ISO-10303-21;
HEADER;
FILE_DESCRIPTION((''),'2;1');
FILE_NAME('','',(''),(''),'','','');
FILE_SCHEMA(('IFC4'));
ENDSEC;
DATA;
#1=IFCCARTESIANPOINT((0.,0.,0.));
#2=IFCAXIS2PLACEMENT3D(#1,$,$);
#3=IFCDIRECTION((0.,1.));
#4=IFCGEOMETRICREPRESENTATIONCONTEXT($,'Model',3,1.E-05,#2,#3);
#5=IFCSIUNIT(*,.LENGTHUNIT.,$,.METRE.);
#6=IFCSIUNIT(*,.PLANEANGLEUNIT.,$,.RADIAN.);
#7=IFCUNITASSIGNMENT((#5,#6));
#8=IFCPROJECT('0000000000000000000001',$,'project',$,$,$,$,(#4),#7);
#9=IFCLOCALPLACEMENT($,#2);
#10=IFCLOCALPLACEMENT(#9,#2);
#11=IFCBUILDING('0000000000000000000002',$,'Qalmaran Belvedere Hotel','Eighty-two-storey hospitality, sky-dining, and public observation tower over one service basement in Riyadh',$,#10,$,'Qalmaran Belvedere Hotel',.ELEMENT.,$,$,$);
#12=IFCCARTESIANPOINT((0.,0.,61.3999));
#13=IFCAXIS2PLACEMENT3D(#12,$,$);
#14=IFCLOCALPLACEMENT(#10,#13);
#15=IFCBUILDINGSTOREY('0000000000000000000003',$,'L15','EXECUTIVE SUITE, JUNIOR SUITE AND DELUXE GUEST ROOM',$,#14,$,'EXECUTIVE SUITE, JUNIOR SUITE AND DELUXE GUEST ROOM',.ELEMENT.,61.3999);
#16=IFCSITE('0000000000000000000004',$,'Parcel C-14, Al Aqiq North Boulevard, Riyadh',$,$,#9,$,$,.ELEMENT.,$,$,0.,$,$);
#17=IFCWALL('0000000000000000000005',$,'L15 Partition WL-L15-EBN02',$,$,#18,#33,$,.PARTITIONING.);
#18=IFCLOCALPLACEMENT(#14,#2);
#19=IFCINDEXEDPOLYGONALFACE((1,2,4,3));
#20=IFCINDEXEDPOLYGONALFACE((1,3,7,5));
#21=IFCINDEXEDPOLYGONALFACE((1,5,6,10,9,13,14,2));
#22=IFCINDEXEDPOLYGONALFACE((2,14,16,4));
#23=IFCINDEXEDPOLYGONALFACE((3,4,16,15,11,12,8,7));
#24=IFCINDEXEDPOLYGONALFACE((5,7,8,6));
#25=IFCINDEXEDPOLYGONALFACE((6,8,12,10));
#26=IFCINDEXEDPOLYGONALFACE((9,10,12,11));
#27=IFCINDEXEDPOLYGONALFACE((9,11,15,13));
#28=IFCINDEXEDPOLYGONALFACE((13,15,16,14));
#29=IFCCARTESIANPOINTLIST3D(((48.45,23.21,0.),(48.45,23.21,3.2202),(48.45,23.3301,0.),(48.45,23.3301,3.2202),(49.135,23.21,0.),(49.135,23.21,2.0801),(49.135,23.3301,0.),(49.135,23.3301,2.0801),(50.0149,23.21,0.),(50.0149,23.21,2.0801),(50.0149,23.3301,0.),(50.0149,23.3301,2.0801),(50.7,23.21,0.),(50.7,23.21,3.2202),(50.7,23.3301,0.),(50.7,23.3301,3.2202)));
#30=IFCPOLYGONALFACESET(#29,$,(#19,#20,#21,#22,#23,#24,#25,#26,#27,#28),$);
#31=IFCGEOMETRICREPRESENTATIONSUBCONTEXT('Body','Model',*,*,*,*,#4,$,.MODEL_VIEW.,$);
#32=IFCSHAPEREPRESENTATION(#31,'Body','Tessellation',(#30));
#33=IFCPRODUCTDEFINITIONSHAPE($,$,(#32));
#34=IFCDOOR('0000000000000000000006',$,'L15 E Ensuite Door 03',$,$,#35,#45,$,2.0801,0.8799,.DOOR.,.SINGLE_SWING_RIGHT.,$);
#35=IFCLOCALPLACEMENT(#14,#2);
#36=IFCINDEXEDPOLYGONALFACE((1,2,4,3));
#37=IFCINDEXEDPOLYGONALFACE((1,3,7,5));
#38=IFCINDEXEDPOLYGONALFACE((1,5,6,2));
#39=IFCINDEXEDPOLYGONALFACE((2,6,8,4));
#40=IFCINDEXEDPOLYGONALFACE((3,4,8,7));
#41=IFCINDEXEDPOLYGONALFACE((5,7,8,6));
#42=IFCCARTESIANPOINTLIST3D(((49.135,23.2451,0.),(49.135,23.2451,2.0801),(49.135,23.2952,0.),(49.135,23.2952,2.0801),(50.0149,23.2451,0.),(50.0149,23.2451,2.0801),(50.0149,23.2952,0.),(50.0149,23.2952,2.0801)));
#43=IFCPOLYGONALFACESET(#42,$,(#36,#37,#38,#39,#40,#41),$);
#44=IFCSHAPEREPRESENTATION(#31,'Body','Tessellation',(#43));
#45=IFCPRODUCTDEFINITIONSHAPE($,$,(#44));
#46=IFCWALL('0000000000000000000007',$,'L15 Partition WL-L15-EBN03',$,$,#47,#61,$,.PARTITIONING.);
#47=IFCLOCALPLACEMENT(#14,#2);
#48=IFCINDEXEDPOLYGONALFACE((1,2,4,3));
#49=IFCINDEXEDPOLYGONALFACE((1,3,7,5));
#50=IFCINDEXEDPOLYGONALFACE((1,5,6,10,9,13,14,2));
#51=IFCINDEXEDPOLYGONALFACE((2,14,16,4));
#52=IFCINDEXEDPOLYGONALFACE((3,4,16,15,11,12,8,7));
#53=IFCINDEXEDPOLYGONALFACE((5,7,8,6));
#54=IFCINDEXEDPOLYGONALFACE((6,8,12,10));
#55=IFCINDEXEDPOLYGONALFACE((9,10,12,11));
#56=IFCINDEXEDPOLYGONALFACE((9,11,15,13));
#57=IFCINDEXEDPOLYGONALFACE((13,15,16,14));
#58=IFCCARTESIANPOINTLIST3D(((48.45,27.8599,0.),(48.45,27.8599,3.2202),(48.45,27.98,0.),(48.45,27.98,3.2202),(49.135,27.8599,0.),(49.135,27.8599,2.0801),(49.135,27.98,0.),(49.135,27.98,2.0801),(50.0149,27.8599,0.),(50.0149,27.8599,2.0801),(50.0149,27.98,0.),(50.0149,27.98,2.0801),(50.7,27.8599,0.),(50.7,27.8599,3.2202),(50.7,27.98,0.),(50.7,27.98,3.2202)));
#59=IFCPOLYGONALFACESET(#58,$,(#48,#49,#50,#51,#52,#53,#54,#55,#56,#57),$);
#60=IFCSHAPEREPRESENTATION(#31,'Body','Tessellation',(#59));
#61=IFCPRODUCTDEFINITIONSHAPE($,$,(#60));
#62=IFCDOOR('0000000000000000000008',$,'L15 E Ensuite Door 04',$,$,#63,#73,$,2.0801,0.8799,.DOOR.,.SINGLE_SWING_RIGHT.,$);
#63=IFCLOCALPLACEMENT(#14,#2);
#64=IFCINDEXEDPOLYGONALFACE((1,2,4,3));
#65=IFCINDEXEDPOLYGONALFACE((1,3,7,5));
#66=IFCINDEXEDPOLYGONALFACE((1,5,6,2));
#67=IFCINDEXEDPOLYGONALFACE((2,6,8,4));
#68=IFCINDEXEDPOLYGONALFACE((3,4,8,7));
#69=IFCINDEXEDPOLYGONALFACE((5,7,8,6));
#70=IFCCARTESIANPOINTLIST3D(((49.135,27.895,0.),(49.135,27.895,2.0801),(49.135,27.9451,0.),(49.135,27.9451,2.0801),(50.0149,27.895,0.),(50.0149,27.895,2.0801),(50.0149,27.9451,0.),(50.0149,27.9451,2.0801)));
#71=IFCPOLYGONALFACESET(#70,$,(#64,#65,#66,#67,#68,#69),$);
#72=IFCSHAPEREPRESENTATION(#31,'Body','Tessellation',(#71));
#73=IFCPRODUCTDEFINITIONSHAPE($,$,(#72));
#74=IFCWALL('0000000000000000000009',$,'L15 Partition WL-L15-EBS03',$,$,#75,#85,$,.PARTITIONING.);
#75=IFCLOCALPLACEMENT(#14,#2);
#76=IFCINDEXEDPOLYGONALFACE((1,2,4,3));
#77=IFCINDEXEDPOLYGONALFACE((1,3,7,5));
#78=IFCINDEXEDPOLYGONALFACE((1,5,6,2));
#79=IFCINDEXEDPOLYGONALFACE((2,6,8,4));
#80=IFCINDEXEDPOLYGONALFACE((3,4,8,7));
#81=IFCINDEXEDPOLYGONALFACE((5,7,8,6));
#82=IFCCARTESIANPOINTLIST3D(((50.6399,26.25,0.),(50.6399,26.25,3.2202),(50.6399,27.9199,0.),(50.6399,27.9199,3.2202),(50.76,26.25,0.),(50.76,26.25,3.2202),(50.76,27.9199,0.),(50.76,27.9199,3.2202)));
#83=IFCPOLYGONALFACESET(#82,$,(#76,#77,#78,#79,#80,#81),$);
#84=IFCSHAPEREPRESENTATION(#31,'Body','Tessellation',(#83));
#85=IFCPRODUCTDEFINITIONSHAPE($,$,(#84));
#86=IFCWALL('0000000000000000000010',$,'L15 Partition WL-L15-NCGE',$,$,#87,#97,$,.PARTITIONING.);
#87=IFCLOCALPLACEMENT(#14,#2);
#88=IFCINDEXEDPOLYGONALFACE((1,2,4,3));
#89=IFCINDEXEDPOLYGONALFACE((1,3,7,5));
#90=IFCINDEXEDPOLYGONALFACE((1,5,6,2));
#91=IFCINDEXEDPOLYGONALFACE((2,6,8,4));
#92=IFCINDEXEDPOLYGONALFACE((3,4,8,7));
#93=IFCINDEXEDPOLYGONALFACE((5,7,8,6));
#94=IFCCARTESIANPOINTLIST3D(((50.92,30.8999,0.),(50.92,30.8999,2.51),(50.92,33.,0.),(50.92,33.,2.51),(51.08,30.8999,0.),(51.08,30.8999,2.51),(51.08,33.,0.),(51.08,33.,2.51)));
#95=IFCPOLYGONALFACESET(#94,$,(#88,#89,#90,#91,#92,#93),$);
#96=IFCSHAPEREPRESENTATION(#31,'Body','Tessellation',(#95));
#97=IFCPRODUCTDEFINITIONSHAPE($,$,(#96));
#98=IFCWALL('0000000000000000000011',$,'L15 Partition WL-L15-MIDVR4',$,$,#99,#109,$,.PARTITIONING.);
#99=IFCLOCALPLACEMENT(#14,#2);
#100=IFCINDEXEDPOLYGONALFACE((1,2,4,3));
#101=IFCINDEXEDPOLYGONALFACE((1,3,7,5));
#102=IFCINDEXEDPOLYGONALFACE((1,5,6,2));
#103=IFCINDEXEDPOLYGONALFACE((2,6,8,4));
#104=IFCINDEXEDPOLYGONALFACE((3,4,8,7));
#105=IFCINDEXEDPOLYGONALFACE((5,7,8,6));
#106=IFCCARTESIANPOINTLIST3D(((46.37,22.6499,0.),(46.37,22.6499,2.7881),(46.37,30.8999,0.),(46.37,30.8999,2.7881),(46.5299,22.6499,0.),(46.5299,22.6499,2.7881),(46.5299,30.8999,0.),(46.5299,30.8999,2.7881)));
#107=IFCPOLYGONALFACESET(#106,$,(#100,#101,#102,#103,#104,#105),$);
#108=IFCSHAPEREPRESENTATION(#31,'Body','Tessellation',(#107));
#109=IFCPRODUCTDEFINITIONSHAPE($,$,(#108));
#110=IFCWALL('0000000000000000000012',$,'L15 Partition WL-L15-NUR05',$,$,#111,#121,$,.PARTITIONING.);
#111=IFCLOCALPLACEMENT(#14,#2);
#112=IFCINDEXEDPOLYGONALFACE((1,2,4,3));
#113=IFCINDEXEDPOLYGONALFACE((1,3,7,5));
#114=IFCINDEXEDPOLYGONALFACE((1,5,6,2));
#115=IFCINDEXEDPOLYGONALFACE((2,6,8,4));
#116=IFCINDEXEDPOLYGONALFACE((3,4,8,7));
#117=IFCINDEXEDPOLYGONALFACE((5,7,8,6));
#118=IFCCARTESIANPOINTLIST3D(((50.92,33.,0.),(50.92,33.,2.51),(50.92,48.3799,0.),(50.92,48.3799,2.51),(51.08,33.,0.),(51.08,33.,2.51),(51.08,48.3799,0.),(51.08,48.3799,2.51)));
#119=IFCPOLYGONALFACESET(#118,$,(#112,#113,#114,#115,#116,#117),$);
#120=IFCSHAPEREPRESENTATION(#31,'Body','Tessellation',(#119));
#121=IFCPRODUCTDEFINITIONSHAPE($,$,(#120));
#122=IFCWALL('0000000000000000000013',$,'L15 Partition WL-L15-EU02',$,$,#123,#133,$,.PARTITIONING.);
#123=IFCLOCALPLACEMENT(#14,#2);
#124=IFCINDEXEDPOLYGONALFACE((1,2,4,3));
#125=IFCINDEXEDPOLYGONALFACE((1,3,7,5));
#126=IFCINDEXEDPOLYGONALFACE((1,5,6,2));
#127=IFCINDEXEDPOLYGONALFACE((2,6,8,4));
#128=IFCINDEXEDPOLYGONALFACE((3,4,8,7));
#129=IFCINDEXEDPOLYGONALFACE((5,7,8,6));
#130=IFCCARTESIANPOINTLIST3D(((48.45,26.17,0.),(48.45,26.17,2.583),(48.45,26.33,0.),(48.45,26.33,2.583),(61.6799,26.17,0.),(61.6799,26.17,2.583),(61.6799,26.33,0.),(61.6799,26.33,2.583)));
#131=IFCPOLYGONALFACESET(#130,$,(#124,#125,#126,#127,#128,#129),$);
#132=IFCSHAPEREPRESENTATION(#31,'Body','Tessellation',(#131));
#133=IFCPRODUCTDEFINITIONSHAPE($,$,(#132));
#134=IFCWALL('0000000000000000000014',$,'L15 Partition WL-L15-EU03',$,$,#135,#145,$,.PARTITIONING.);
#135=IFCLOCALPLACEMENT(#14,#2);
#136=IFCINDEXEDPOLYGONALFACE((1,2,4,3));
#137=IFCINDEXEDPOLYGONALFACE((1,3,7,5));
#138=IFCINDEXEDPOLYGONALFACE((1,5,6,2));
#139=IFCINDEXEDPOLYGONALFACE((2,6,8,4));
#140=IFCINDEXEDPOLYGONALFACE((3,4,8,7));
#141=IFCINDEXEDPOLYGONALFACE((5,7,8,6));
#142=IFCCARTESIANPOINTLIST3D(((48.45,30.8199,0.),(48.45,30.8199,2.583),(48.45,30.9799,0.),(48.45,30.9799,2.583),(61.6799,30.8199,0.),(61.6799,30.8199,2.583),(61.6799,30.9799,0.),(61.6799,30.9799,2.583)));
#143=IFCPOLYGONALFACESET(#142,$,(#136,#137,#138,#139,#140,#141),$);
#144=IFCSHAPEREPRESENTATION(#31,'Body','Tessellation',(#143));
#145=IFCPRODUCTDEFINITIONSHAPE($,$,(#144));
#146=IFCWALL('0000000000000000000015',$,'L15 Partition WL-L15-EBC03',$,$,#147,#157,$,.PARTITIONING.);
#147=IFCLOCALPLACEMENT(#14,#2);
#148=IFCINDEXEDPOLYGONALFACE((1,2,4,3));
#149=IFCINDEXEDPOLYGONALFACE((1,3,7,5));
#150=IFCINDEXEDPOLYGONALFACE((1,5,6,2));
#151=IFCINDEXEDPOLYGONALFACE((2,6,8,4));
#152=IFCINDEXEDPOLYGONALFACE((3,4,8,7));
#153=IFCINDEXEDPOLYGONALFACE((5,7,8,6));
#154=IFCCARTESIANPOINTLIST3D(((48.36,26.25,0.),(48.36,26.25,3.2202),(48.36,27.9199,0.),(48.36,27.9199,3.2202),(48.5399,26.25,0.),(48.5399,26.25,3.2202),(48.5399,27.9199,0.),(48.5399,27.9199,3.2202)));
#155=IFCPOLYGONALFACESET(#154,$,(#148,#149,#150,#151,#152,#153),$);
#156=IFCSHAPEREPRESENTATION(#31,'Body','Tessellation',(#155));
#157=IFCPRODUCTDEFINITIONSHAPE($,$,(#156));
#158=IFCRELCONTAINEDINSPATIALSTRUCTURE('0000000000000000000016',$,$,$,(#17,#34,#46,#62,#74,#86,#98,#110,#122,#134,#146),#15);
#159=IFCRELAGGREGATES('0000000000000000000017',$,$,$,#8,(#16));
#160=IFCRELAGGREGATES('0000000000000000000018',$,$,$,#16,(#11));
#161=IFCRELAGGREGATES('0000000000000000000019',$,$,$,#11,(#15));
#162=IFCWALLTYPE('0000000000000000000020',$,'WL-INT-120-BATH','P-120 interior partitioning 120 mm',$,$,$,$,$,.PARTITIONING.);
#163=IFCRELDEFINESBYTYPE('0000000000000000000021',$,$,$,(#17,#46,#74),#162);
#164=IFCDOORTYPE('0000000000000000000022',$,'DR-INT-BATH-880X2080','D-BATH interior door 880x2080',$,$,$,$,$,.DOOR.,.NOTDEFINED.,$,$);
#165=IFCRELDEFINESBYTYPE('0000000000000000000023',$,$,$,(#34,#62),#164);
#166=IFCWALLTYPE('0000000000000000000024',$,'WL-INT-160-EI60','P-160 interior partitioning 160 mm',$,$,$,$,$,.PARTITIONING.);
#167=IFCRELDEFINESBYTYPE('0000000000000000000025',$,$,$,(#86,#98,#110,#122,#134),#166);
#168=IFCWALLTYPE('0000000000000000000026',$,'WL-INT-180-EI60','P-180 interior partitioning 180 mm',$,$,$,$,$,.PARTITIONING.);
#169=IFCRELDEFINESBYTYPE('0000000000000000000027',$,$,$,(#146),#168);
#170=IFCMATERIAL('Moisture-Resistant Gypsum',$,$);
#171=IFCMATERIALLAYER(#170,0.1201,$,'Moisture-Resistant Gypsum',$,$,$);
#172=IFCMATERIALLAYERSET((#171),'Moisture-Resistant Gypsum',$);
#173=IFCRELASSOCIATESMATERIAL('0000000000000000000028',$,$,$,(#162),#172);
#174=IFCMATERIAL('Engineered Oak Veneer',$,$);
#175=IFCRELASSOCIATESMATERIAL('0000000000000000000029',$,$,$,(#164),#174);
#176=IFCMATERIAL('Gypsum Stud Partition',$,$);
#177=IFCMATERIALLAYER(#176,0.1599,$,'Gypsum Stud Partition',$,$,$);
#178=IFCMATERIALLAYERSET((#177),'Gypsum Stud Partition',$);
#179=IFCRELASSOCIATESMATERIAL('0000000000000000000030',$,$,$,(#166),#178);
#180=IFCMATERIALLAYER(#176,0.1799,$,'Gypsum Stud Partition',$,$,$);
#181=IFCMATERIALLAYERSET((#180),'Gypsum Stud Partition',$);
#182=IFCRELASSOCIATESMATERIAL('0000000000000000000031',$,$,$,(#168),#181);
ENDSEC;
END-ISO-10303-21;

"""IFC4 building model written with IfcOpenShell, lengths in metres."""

from ifc_helpers import new_model, si_unit, direction, frame, frame_2d, origin, place, context, subcontext, project, spatial, rectangle, extrude, material, layer, layer_set, type_object, element, fill, save


model = new_model("IFC4")

# Units and contexts
model_context = context("Model", 3, precision=1e-05, world=origin(), true_north=direction((0.0, 1.0)))
body_context = subcontext(model_context, "Body", "Model", "MODEL_VIEW")
ifc_project = project(units=[si_unit("LENGTHUNIT", "METRE"), si_unit("PLANEANGLEUNIT", "RADIAN")], contexts=[model_context])

# Site, building, storey
site_placement = place(None, origin())
site = spatial("IfcSite", under=ifc_project, at=site_placement, Name="Parcel C-14, Al Aqiq North Boulevard, Riyadh", CompositionType="ELEMENT", RefElevation=0.0)
building_placement = place(site_placement, origin())
building = spatial("IfcBuilding", under=site, at=building_placement, Name="Qalmaran Belvedere Hotel", Description="Eighty-two-storey hospitality, sky-dining, and public observation tower over one service basement in Riyadh", LongName="Qalmaran Belvedere Hotel", CompositionType="ELEMENT")
storey_placement = place(building_placement, frame((0.0, 0.0, 61.3999)))
storey = spatial("IfcBuildingStorey", under=building, at=storey_placement, Name="L15", Description="EXECUTIVE SUITE, JUNIOR SUITE AND DELUXE GUEST ROOM", LongName="EXECUTIVE SUITE, JUNIOR SUITE AND DELUXE GUEST ROOM", CompositionType="ELEMENT", Elevation=61.3999)

# Shared definitions
ifc_material_1 = material(Name="Moisture-Resistant Gypsum")
ifc_layer_1 = layer(ifc_material_1, 0.1201, Name="Moisture-Resistant Gypsum")
ifc_layer_set_1 = layer_set([ifc_layer_1], Name="Moisture-Resistant Gypsum")
wall_type_1 = type_object("IfcWallType", Name="WL-INT-120-BATH", Description="P-120 interior partitioning 120 mm", PredefinedType="PARTITIONING", material=ifc_layer_set_1)

# Walls, openings, doors
wall_1_placement = place(storey_placement, frame((48.45, 23.27, 0.0), z_axis=(0.0, 0.0, 1.0), x_axis=(1.0, 0.0, 0.0)))
wall_1 = element("IfcWall", 1, at=wall_1_placement, inside=storey, type_object=wall_type_1, Name="L15 Partition WL-L15-EBN02", PredefinedType="PARTITIONING", context=body_context, shape_type="SweptSolid", body=[
    extrude(rectangle(XDim=2.25, YDim=0.1201, at=frame_2d((1.125, 0.0))), origin(), (0.0, 0.0, 1.0), 3.2202),
])
opening_1_placement = place(wall_1_placement, frame((1.5649, 0.0, 0.0), z_axis=(0.0, 0.0, 1.0), x_axis=(-1.0, 0.0, 0.0)))
opening_1 = element("IfcOpeningElement", 2, at=opening_1_placement, cuts=wall_1, PredefinedType="OPENING", context=body_context, shape_type="SweptSolid", body=[
    extrude(rectangle(XDim=0.8799, YDim=2.0801, at=frame_2d((0.4399, 1.04))), frame((0.0, 0.0701, 0.0), z_axis=(0.0, -1.0, 0.0), x_axis=(1.0, 0.0, 0.0)), (0.0, 0.0, 1.0), 0.1401),
])
ifc_material_2 = material(Name="Engineered Oak Veneer")
door_type_1 = type_object("IfcDoorType", Name="DR-INT-BATH-880X2080", Description="D-BATH interior door 880x2080", OperationType="NOTDEFINED", PredefinedType="DOOR", material=ifc_material_2)
door_1_placement = place(opening_1_placement, origin())
door_1 = element("IfcDoor", 3, at=door_1_placement, inside=storey, type_object=door_type_1, Name="L15 E Ensuite Door 03", OperationType="SINGLE_SWING_RIGHT", OverallHeight=2.0801, OverallWidth=0.8799, PredefinedType="DOOR", context=body_context, shape_type="SweptSolid", body=[
    extrude(rectangle(XDim=0.8799, YDim=2.0801, at=frame_2d((0.4399, 1.04))), frame((0.0, 0.0249, 0.0), z_axis=(0.0, -1.0, 0.0), x_axis=(1.0, 0.0, 0.0)), (0.0, 0.0, 1.0), 0.05),
])
fill(opening_1, door_1)
wall_2_placement = place(storey_placement, frame((48.45, 27.9199, 0.0), z_axis=(0.0, 0.0, 1.0), x_axis=(1.0, 0.0, 0.0)))
wall_2 = element("IfcWall", 4, at=wall_2_placement, inside=storey, type_object=wall_type_1, Name="L15 Partition WL-L15-EBN03", PredefinedType="PARTITIONING", context=body_context, shape_type="SweptSolid", body=[
    extrude(rectangle(XDim=2.25, YDim=0.1201, at=frame_2d((1.125, 0.0))), origin(), (0.0, 0.0, 1.0), 3.2202),
])
opening_2_placement = place(wall_2_placement, frame((1.5649, 0.0, 0.0), z_axis=(0.0, 0.0, 1.0), x_axis=(-1.0, 0.0, 0.0)))
opening_2 = element("IfcOpeningElement", 5, at=opening_2_placement, cuts=wall_2, PredefinedType="OPENING", context=body_context, shape_type="SweptSolid", body=[
    extrude(rectangle(XDim=0.8799, YDim=2.0801, at=frame_2d((0.4399, 1.04))), frame((0.0, 0.0701, 0.0), z_axis=(0.0, -1.0, 0.0), x_axis=(1.0, 0.0, 0.0)), (0.0, 0.0, 1.0), 0.1401),
])
door_2_placement = place(opening_2_placement, origin())
door_2 = element("IfcDoor", 6, at=door_2_placement, inside=storey, type_object=door_type_1, Name="L15 E Ensuite Door 04", OperationType="SINGLE_SWING_RIGHT", OverallHeight=2.0801, OverallWidth=0.8799, PredefinedType="DOOR", context=body_context, shape_type="SweptSolid", body=[
    extrude(rectangle(XDim=0.8799, YDim=2.0801, at=frame_2d((0.4399, 1.04))), frame((0.0, 0.0249, 0.0), z_axis=(0.0, -1.0, 0.0), x_axis=(1.0, 0.0, 0.0)), (0.0, 0.0, 1.0), 0.05),
])
fill(opening_2, door_2)

# Wall
wall_3_placement = place(storey_placement, frame((50.7, 26.25, 0.0), z_axis=(0.0, 0.0, 1.0), x_axis=(0.0, 1.0, 0.0)))
element("IfcWall", 7, at=wall_3_placement, inside=storey, type_object=wall_type_1, Name="L15 Partition WL-L15-EBS03", PredefinedType="PARTITIONING", context=body_context, shape_type="SweptSolid", body=[
    extrude(rectangle(XDim=1.6699, YDim=0.1201, at=frame_2d((0.835, 0.0))), origin(), (0.0, 0.0, 1.0), 3.2202),
])

# Shared definitions
ifc_material_3 = material(Name="Gypsum Stud Partition")

# Walls
ifc_layer_2 = layer(ifc_material_3, 0.1599, Name="Gypsum Stud Partition")
ifc_layer_set_2 = layer_set([ifc_layer_2], Name="Gypsum Stud Partition")
wall_type_2 = type_object("IfcWallType", Name="WL-INT-160-EI60", Description="P-160 interior partitioning 160 mm", PredefinedType="PARTITIONING", material=ifc_layer_set_2)
wall_4_placement = place(storey_placement, frame((51.0, 30.8999, 0.0), z_axis=(0.0, 0.0, 1.0), x_axis=(0.0, 1.0, 0.0)))
element("IfcWall", 8, at=wall_4_placement, inside=storey, type_object=wall_type_2, Name="L15 Partition WL-L15-NCGE", PredefinedType="PARTITIONING", context=body_context, shape_type="SweptSolid", body=[
    extrude(rectangle(XDim=2.1001, YDim=0.1599, at=frame_2d((1.05, 0.0))), origin(), (0.0, 0.0, 1.0), 2.51),
])
wall_5_placement = place(storey_placement, frame((46.45, 22.6499, 0.0), z_axis=(0.0, 0.0, 1.0), x_axis=(0.0, 1.0, 0.0)))
element("IfcWall", 9, at=wall_5_placement, inside=storey, type_object=wall_type_2, Name="L15 Partition WL-L15-MIDVR4", PredefinedType="PARTITIONING", context=body_context, shape_type="SweptSolid", body=[
    extrude(rectangle(XDim=8.25, YDim=0.1599, at=frame_2d((4.125, 0.0))), origin(), (0.0, 0.0, 1.0), 2.7881),
])
wall_6_placement = place(storey_placement, frame((51.0, 33.0, 0.0), z_axis=(0.0, 0.0, 1.0), x_axis=(0.0, 1.0, 0.0)))
element("IfcWall", 10, at=wall_6_placement, inside=storey, type_object=wall_type_2, Name="L15 Partition WL-L15-NUR05", PredefinedType="PARTITIONING", context=body_context, shape_type="SweptSolid", body=[
    extrude(rectangle(XDim=15.3799, YDim=0.1599, at=frame_2d((7.6899, 0.0))), origin(), (0.0, 0.0, 1.0), 2.51),
])
for number, where, z_axis, x_axis, name in (
    (11, (48.45, 26.25, 0.0), (0.0, 0.0, 1.0), (1.0, 0.0, 0.0), "L15 Partition WL-L15-EU02"),
    (12, (48.45, 30.8999, 0.0), (0.0, 0.0, 1.0), (1.0, 0.0, 0.0), "L15 Partition WL-L15-EU03"),
):
    element("IfcWall", number, at=place(storey_placement, frame(where, z_axis=z_axis, x_axis=x_axis)), inside=storey, type_object=wall_type_2, Name=name, PredefinedType="PARTITIONING", context=body_context, shape_type="SweptSolid", body=[
        extrude(rectangle(XDim=13.23, YDim=0.1599, at=frame_2d((6.615, 0.0))), origin(), (0.0, 0.0, 1.0), 2.583),
    ])

# Shared definitions
ifc_layer_3 = layer(ifc_material_3, 0.1799, Name="Gypsum Stud Partition")
ifc_layer_set_3 = layer_set([ifc_layer_3], Name="Gypsum Stud Partition")
wall_type_3 = type_object("IfcWallType", Name="WL-INT-180-EI60", Description="P-180 interior partitioning 180 mm", PredefinedType="PARTITIONING", material=ifc_layer_set_3)

# Wall
wall_7_placement = place(storey_placement, frame((48.45, 26.25, 0.0), z_axis=(0.0, 0.0, 1.0), x_axis=(0.0, 1.0, 0.0)))
element("IfcWall", 13, at=wall_7_placement, inside=storey, type_object=wall_type_3, Name="L15 Partition WL-L15-EBC03", PredefinedType="PARTITIONING", context=body_context, shape_type="SweptSolid", body=[
    extrude(rectangle(XDim=1.6699, YDim=0.1799, at=frame_2d((0.835, 0.0))), origin(), (0.0, 0.0, 1.0), 3.2202),
])

save(model, "model.ifc")
